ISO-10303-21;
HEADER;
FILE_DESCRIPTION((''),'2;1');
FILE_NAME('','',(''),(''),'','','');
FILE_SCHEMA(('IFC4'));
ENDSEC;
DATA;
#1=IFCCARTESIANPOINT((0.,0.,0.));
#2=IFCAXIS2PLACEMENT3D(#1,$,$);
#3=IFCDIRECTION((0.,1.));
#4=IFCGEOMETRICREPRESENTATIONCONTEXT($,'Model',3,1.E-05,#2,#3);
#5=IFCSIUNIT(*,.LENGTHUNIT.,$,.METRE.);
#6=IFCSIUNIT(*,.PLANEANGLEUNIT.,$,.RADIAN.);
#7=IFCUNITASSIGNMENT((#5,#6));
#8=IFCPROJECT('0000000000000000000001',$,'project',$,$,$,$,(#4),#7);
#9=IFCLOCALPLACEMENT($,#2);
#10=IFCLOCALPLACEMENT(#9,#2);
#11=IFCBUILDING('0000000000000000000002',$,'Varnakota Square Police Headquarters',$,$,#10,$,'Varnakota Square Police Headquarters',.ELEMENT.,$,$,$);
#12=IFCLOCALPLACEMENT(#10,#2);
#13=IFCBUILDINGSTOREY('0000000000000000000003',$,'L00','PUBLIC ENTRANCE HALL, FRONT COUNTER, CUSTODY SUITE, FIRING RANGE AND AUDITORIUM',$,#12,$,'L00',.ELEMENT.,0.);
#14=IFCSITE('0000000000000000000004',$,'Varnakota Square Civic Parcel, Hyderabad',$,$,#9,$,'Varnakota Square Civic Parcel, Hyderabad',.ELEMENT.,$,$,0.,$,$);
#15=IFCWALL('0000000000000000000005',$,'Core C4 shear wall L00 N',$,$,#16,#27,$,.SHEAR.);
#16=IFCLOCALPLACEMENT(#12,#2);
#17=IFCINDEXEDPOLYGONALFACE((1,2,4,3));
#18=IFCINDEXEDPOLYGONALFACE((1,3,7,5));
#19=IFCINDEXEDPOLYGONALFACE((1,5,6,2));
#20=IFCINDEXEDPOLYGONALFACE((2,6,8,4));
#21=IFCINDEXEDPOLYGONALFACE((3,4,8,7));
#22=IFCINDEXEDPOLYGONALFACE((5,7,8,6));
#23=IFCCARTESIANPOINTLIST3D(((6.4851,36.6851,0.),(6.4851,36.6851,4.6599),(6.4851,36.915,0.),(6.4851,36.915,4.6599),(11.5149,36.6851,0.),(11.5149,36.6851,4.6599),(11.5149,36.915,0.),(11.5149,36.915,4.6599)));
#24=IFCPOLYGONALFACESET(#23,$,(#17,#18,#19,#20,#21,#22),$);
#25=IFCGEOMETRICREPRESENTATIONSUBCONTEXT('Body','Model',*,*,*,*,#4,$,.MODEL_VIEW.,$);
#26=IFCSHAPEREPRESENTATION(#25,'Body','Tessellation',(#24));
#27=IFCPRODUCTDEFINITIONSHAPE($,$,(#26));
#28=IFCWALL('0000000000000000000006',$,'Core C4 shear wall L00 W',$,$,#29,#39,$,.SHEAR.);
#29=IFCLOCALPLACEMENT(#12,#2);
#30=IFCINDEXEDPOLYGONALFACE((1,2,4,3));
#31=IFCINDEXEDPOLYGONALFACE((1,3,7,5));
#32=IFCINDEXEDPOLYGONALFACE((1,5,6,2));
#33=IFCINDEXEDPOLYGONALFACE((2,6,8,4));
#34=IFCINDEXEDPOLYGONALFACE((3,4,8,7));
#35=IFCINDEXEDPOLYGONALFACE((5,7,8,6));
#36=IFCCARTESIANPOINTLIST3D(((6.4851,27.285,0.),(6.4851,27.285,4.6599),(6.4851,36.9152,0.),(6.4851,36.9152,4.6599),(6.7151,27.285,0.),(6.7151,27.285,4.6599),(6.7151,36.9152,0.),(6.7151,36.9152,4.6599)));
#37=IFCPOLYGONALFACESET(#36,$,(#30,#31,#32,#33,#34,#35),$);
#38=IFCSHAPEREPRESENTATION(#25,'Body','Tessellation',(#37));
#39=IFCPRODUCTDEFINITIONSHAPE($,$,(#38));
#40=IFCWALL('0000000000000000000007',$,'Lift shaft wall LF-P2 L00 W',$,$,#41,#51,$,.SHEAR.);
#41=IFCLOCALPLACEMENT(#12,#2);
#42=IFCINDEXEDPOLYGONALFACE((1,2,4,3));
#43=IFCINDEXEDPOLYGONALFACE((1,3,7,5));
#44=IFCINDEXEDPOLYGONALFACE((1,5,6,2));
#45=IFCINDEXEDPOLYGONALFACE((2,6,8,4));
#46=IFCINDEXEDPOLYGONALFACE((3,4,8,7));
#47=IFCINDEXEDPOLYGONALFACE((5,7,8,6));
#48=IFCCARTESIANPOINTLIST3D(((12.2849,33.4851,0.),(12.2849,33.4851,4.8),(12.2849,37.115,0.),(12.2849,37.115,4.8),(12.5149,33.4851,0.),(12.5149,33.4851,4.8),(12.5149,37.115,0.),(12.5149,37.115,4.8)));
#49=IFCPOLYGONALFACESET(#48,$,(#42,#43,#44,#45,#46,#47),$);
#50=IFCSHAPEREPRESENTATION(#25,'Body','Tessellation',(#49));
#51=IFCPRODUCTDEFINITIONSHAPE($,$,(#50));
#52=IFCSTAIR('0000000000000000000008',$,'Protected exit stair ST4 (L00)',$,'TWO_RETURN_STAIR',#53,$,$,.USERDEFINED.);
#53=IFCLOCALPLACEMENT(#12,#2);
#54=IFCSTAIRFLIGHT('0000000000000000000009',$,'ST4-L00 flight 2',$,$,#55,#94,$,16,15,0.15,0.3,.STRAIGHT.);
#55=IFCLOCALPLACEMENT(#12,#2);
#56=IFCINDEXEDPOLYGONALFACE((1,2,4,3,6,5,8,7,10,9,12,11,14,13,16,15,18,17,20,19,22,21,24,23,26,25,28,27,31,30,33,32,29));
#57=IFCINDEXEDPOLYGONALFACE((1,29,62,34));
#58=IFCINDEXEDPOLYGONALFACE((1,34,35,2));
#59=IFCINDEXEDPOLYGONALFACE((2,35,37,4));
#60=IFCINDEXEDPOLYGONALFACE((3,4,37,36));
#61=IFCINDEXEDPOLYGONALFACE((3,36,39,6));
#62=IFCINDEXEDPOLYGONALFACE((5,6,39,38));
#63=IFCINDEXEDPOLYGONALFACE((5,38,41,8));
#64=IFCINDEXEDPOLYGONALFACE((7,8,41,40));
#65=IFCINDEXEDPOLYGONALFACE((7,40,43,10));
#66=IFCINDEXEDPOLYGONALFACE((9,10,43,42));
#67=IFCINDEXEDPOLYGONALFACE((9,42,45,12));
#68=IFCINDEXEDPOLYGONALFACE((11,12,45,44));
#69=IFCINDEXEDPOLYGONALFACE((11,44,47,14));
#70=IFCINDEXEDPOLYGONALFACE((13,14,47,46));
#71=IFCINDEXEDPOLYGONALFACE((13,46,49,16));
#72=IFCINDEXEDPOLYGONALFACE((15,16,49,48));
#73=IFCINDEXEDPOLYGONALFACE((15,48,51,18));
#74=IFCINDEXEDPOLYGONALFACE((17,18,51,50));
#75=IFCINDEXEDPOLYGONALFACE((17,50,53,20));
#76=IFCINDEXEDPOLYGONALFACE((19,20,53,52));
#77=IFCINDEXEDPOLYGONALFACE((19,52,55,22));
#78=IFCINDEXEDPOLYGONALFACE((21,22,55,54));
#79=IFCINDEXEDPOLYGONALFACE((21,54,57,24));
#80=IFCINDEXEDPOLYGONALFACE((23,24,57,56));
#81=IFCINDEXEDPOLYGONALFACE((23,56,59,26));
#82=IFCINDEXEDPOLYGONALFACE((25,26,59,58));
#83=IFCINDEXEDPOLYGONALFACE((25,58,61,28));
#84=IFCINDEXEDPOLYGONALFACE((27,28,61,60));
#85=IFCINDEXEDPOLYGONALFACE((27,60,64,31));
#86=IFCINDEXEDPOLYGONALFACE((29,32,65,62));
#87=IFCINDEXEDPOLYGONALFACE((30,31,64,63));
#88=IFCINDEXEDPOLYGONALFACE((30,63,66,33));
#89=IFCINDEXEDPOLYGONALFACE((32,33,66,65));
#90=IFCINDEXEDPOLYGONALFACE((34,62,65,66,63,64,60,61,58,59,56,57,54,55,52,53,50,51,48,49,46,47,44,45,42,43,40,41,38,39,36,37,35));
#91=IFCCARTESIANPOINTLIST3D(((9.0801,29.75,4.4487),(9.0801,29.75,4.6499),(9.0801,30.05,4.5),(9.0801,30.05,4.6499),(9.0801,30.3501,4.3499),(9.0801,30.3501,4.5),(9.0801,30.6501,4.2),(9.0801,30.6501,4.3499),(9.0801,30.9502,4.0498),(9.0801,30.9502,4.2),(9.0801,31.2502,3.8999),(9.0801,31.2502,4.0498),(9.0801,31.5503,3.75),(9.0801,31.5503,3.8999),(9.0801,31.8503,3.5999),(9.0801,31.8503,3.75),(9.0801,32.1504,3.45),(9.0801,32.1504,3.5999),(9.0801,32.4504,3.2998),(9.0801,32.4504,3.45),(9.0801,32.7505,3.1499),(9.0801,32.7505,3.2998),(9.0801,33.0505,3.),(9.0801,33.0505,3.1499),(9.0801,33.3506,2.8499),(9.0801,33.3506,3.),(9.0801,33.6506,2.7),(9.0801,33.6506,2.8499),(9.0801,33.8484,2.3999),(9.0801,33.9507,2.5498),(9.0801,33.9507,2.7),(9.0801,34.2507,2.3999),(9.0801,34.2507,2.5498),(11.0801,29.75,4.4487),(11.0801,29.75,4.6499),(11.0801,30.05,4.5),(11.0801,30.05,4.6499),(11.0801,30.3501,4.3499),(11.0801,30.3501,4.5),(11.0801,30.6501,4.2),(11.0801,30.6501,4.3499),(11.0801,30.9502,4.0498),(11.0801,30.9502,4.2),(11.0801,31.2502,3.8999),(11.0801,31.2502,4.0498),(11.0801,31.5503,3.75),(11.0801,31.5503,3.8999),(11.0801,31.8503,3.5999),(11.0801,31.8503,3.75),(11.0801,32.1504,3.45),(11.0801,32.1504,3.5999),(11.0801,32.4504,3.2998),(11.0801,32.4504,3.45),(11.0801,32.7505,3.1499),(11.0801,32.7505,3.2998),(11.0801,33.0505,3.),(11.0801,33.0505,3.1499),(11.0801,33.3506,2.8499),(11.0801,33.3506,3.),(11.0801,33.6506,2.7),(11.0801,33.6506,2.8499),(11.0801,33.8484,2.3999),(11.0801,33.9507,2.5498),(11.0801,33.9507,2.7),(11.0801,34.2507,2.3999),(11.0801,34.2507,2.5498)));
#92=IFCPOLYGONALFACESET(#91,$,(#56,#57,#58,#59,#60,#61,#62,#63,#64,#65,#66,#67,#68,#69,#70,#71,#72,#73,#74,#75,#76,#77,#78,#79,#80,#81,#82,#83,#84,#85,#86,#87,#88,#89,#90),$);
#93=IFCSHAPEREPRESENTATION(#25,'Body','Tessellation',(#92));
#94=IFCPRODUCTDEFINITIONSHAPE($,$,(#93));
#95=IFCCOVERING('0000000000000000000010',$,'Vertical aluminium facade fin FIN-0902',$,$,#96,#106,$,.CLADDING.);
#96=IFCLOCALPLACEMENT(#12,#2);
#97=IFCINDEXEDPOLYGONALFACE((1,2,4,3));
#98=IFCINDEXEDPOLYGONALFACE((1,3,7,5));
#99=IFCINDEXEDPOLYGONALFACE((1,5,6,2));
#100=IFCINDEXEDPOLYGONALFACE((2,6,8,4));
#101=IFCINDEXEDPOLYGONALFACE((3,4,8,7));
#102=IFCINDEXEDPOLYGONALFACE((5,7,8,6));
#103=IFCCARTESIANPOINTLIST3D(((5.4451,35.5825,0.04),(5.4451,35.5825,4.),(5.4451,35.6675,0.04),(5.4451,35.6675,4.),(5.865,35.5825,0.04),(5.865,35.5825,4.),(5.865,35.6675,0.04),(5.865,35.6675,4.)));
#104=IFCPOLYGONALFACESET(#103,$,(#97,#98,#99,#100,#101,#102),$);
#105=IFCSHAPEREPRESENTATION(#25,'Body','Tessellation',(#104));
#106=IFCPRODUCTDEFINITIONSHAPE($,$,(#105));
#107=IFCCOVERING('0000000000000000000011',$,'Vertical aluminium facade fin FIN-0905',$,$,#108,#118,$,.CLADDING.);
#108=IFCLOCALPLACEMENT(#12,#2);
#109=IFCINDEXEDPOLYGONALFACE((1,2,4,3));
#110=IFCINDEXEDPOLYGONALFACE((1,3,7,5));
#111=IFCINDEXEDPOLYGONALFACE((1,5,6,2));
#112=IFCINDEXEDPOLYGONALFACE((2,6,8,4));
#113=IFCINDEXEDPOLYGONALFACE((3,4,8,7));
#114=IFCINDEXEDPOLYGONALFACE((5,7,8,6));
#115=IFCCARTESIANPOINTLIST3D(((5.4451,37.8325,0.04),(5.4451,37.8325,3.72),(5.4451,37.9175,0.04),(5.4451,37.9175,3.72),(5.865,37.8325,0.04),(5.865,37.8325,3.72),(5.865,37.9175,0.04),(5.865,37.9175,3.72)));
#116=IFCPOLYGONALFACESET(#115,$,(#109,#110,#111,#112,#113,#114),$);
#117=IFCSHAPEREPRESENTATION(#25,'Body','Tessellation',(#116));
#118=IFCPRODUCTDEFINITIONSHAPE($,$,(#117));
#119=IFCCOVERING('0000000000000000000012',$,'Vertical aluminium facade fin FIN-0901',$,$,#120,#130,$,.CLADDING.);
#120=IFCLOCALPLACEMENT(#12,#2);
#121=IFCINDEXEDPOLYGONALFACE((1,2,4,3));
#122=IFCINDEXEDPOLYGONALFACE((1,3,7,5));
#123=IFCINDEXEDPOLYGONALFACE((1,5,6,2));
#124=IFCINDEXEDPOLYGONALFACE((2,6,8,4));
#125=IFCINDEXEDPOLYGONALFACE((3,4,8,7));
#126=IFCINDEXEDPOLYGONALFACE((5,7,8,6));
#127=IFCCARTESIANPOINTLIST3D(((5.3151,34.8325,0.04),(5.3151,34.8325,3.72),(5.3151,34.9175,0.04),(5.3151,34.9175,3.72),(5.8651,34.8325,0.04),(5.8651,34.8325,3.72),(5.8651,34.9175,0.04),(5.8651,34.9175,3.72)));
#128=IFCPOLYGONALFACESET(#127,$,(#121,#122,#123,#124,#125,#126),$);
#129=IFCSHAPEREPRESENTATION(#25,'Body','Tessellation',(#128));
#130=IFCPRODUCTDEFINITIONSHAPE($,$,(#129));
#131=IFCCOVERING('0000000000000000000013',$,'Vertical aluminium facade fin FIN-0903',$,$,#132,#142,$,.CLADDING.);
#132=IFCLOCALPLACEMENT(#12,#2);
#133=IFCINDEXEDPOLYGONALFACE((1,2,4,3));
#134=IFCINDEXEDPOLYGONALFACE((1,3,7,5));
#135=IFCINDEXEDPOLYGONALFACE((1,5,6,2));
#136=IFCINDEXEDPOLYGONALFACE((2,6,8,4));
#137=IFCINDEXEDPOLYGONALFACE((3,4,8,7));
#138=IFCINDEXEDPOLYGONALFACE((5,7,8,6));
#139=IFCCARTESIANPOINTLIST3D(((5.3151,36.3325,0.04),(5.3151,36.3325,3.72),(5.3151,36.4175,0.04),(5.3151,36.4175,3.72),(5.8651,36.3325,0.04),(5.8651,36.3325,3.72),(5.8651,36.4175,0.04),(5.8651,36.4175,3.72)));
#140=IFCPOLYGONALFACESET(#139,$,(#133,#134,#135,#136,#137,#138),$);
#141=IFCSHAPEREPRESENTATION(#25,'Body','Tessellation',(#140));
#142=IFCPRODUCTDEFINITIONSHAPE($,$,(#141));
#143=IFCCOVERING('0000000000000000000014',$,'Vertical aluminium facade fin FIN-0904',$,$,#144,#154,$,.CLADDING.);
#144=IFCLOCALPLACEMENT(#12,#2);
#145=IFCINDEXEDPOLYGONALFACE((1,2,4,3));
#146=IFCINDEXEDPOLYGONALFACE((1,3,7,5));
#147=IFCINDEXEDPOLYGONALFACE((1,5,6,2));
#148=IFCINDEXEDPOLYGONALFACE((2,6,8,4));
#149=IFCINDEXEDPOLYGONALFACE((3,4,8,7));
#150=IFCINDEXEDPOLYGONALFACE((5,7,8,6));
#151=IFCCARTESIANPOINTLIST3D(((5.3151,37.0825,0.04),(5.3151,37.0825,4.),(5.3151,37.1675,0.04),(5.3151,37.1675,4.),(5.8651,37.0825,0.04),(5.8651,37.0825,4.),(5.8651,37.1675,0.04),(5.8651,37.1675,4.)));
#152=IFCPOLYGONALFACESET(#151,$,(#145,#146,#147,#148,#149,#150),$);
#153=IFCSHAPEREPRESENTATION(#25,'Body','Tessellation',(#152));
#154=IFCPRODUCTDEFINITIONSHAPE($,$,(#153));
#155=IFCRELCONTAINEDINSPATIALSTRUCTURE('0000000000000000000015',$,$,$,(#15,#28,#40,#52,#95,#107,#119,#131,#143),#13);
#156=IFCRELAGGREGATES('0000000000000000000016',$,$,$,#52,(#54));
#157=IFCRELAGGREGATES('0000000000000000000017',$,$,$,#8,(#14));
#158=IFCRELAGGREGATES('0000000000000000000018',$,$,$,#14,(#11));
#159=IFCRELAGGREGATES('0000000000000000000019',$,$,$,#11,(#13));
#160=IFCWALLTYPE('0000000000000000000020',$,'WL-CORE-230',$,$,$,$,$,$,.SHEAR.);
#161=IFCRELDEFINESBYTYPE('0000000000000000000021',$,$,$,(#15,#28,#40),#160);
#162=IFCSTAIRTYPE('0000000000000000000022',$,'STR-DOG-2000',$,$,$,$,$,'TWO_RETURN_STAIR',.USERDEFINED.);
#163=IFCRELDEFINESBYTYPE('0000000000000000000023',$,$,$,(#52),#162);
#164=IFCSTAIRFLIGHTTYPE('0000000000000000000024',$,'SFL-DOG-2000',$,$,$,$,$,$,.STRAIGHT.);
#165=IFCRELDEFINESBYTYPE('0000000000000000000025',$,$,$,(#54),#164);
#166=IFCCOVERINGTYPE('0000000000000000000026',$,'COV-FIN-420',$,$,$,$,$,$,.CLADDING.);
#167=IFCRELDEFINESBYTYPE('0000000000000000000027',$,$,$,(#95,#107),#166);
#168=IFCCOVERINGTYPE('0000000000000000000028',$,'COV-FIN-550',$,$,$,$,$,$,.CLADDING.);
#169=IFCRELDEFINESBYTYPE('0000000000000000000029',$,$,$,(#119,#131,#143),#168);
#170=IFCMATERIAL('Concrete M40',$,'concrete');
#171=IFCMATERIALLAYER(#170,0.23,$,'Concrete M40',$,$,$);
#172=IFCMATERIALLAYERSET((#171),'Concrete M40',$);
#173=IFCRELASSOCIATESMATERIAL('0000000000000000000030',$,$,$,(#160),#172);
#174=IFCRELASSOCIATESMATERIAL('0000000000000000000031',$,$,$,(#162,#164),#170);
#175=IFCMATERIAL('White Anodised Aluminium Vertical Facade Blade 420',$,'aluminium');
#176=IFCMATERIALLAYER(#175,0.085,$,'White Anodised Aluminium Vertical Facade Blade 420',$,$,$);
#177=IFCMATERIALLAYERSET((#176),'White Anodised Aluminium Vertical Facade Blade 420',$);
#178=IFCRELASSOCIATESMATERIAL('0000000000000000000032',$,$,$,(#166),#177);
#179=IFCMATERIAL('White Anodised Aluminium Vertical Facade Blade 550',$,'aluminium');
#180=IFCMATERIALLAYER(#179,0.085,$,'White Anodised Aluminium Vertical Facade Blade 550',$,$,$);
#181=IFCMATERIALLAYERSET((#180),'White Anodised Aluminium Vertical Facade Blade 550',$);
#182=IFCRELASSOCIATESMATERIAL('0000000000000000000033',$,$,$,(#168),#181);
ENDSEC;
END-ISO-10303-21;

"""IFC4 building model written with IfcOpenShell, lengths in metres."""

from ifc_helpers import new_model, si_unit, direction, frame, frame_2d, origin, origin_2d, place, context, subcontext, project, spatial, polyline, rectangle, outline, extrude, material, layer, layer_set, type_object, element, aggregate, save


model = new_model("IFC4")

# Units and contexts
model_context = context("Model", 3, precision=1e-05, world=origin(), true_north=direction((0.0, 1.0)))
body_context = subcontext(model_context, "Body", "Model", "MODEL_VIEW")
ifc_project = project(units=[si_unit("LENGTHUNIT", "METRE"), si_unit("PLANEANGLEUNIT", "RADIAN")], contexts=[model_context])

# Site, building, storey
site_placement = place(None, origin())
site = spatial("IfcSite", under=ifc_project, at=site_placement, Name="Varnakota Square Civic Parcel, Hyderabad", LongName="Varnakota Square Civic Parcel, Hyderabad", CompositionType="ELEMENT", RefElevation=0.0)
building_placement = place(site_placement, origin())
building = spatial("IfcBuilding", under=site, at=building_placement, Name="Varnakota Square Police Headquarters", LongName="Varnakota Square Police Headquarters", CompositionType="ELEMENT")
storey_placement = place(building_placement, origin())
storey = spatial("IfcBuildingStorey", under=building, at=storey_placement, Name="L00", Description="PUBLIC ENTRANCE HALL, FRONT COUNTER, CUSTODY SUITE, FIRING RANGE AND AUDITORIUM", LongName="L00", CompositionType="ELEMENT", Elevation=0.0)

# Walls
ifc_material_1 = material(Name="Concrete M40", Category="concrete")
ifc_layer_1 = layer(ifc_material_1, 0.23, Name="Concrete M40")
ifc_layer_set_1 = layer_set([ifc_layer_1], Name="Concrete M40")
wall_type = type_object("IfcWallType", Name="WL-CORE-230", PredefinedType="SHEAR", material=ifc_layer_set_1)
wall_1_placement = place(storey_placement, frame((11.5149, 36.8, 0.0), z_axis=(0.0, 0.0, 1.0), x_axis=(-1.0, 0.0, 0.0)))
element("IfcWall", 1, at=wall_1_placement, inside=storey, type_object=wall_type, Name="Core C4 shear wall L00 N", PredefinedType="SHEAR", context=body_context, shape_type="SweptSolid", body=[
    extrude(rectangle(XDim=5.0298, YDim=0.23, at=frame_2d((2.5149, 0.0))), origin(), (0.0, 0.0, 1.0), 4.6599),
])
wall_2_placement = place(storey_placement, frame((6.6001, 36.915, 0.0), z_axis=(0.0, 0.0, 1.0), x_axis=(0.0, -1.0, 0.0)))
element("IfcWall", 2, at=wall_2_placement, inside=storey, type_object=wall_type, Name="Core C4 shear wall L00 W", PredefinedType="SHEAR", context=body_context, shape_type="SweptSolid", body=[
    extrude(rectangle(XDim=9.6301, YDim=0.23, at=frame_2d((4.8149, 0.0))), origin(), (0.0, 0.0, 1.0), 4.6599),
])
wall_3_placement = place(storey_placement, frame((12.3999, 37.115, 0.0), z_axis=(0.0, 0.0, 1.0), x_axis=(0.0, -1.0, 0.0)))
element("IfcWall", 3, at=wall_3_placement, inside=storey, type_object=wall_type, Name="Lift shaft wall LF-P2 L00 W", PredefinedType="SHEAR", context=body_context, shape_type="SweptSolid", body=[
    extrude(rectangle(XDim=3.6299, YDim=0.23, at=frame_2d((1.8149, 0.0))), origin(), (0.0, 0.0, 1.0), 4.8),
])

# Stair, stair flight
stair_type = type_object("IfcStairType", Name="STR-DOG-2000", ElementType="TWO_RETURN_STAIR", PredefinedType="USERDEFINED", material=ifc_material_1)
stair_placement = place(storey_placement, origin())
stair = element("IfcStair", 4, at=stair_placement, inside=storey, type_object=stair_type, Name="Protected exit stair ST4 (L00)", ObjectType="TWO_RETURN_STAIR", PredefinedType="USERDEFINED")
stair_flight_type = type_object("IfcStairFlightType", Name="SFL-DOG-2000", PredefinedType="STRAIGHT", material=ifc_material_1)
stair_flight_placement = place(storey_placement, frame((10.0801, 34.2507, 2.3999), z_axis=(0.0, 0.0, 1.0), x_axis=(0.0, -1.0, 0.0)))
stair_flight = element("IfcStairFlight", 5, at=stair_flight_placement, type_object=stair_flight_type, Name="ST4-L00 flight 2", NumberOfRisers=16, NumberOfTreads=15, PredefinedType="STRAIGHT", RiserHeight=0.15, TreadLength=0.3, context=body_context, shape_type="SweptSolid", body=[
    extrude(outline(polyline([(0.0, 0.0), (0.0, 0.1499), (0.3, 0.1499), (0.3, 0.3), (0.6001, 0.3), (0.6001, 0.45), (0.9001, 0.45), (0.9001, 0.6001), (1.2002, 0.6001), (1.2002, 0.75), (1.5002, 0.75), (1.5002, 0.8999), (1.8003, 0.8999), (1.8003, 1.05), (2.1003, 1.05), (2.1003, 1.2), (2.4004, 1.2), (2.4004, 1.3501), (2.7004, 1.3501), (2.7004, 1.5), (3.0005, 1.5), (3.0005, 1.6499), (3.3005, 1.6499), (3.3005, 1.8), (3.6006, 1.8), (3.6006, 1.95), (3.9006, 1.95), (3.9006, 2.1001), (4.2007, 2.1001), (4.2007, 2.25), (4.5007, 2.25), (4.5007, 2.3999), (4.5007, 2.0488), (0.4023, 0.0), (0.0, 0.0)])), frame((0.0, 1.0, 0.0), z_axis=(0.0, -1.0, 0.0), x_axis=(1.0, 0.0, 0.0)), (0.0, 0.0, 1.0), 2.0),
])
aggregate(stair, [stair_flight])

# Coverings
ifc_material_2 = material(Name="White Anodised Aluminium Vertical Facade Blade 420", Category="aluminium")
ifc_layer_2 = layer(ifc_material_2, 0.085, Name="White Anodised Aluminium Vertical Facade Blade 420")
ifc_layer_set_2 = layer_set([ifc_layer_2], Name="White Anodised Aluminium Vertical Facade Blade 420")
covering_type_1 = type_object("IfcCoveringType", Name="COV-FIN-420", PredefinedType="CLADDING", material=ifc_layer_set_2)
covering_1_placement = place(storey_placement, frame((5.655, 35.625, 0.04), z_axis=(0.0, 0.0, 1.0), x_axis=(0.0, 1.0, 0.0)))
element("IfcCovering", 6, at=covering_1_placement, inside=storey, type_object=covering_type_1, Name="Vertical aluminium facade fin FIN-0902", PredefinedType="CLADDING", context=body_context, shape_type="SweptSolid", body=[
    extrude(rectangle(XDim=0.085, YDim=0.4199, at=origin_2d()), origin(), (0.0, 0.0, 1.0), 3.96),
])
covering_2_placement = place(storey_placement, frame((5.655, 37.875, 0.04), z_axis=(0.0, 0.0, 1.0), x_axis=(0.0, 1.0, 0.0)))
element("IfcCovering", 7, at=covering_2_placement, inside=storey, type_object=covering_type_1, Name="Vertical aluminium facade fin FIN-0905", PredefinedType="CLADDING", context=body_context, shape_type="SweptSolid", body=[
    extrude(rectangle(XDim=0.085, YDim=0.4199, at=origin_2d()), origin(), (0.0, 0.0, 1.0), 3.6799),
])
ifc_material_3 = material(Name="White Anodised Aluminium Vertical Facade Blade 550", Category="aluminium")
ifc_layer_3 = layer(ifc_material_3, 0.085, Name="White Anodised Aluminium Vertical Facade Blade 550")
ifc_layer_set_3 = layer_set([ifc_layer_3], Name="White Anodised Aluminium Vertical Facade Blade 550")
covering_type_2 = type_object("IfcCoveringType", Name="COV-FIN-550", PredefinedType="CLADDING", material=ifc_layer_set_3)
for number, where, z_axis, x_axis, name in (
    (8, (5.5901, 34.875, 0.04), (0.0, 0.0, 1.0), (0.0, 1.0, 0.0), "Vertical aluminium facade fin FIN-0901"),
    (9, (5.5901, 36.375, 0.04), (0.0, 0.0, 1.0), (0.0, 1.0, 0.0), "Vertical aluminium facade fin FIN-0903"),
):
    element("IfcCovering", number, at=place(storey_placement, frame(where, z_axis=z_axis, x_axis=x_axis)), inside=storey, type_object=covering_type_2, Name=name, PredefinedType="CLADDING", context=body_context, shape_type="SweptSolid", body=[
        extrude(rectangle(XDim=0.085, YDim=0.55, at=origin_2d()), origin(), (0.0, 0.0, 1.0), 3.6799),
    ])
covering_3_placement = place(storey_placement, frame((5.5901, 37.125, 0.04), z_axis=(0.0, 0.0, 1.0), x_axis=(0.0, 1.0, 0.0)))
element("IfcCovering", 10, at=covering_3_placement, inside=storey, type_object=covering_type_2, Name="Vertical aluminium facade fin FIN-0904", PredefinedType="CLADDING", context=body_context, shape_type="SweptSolid", body=[
    extrude(rectangle(XDim=0.085, YDim=0.55, at=origin_2d()), origin(), (0.0, 0.0, 1.0), 3.96),
])

save(model, "model.ifc")
